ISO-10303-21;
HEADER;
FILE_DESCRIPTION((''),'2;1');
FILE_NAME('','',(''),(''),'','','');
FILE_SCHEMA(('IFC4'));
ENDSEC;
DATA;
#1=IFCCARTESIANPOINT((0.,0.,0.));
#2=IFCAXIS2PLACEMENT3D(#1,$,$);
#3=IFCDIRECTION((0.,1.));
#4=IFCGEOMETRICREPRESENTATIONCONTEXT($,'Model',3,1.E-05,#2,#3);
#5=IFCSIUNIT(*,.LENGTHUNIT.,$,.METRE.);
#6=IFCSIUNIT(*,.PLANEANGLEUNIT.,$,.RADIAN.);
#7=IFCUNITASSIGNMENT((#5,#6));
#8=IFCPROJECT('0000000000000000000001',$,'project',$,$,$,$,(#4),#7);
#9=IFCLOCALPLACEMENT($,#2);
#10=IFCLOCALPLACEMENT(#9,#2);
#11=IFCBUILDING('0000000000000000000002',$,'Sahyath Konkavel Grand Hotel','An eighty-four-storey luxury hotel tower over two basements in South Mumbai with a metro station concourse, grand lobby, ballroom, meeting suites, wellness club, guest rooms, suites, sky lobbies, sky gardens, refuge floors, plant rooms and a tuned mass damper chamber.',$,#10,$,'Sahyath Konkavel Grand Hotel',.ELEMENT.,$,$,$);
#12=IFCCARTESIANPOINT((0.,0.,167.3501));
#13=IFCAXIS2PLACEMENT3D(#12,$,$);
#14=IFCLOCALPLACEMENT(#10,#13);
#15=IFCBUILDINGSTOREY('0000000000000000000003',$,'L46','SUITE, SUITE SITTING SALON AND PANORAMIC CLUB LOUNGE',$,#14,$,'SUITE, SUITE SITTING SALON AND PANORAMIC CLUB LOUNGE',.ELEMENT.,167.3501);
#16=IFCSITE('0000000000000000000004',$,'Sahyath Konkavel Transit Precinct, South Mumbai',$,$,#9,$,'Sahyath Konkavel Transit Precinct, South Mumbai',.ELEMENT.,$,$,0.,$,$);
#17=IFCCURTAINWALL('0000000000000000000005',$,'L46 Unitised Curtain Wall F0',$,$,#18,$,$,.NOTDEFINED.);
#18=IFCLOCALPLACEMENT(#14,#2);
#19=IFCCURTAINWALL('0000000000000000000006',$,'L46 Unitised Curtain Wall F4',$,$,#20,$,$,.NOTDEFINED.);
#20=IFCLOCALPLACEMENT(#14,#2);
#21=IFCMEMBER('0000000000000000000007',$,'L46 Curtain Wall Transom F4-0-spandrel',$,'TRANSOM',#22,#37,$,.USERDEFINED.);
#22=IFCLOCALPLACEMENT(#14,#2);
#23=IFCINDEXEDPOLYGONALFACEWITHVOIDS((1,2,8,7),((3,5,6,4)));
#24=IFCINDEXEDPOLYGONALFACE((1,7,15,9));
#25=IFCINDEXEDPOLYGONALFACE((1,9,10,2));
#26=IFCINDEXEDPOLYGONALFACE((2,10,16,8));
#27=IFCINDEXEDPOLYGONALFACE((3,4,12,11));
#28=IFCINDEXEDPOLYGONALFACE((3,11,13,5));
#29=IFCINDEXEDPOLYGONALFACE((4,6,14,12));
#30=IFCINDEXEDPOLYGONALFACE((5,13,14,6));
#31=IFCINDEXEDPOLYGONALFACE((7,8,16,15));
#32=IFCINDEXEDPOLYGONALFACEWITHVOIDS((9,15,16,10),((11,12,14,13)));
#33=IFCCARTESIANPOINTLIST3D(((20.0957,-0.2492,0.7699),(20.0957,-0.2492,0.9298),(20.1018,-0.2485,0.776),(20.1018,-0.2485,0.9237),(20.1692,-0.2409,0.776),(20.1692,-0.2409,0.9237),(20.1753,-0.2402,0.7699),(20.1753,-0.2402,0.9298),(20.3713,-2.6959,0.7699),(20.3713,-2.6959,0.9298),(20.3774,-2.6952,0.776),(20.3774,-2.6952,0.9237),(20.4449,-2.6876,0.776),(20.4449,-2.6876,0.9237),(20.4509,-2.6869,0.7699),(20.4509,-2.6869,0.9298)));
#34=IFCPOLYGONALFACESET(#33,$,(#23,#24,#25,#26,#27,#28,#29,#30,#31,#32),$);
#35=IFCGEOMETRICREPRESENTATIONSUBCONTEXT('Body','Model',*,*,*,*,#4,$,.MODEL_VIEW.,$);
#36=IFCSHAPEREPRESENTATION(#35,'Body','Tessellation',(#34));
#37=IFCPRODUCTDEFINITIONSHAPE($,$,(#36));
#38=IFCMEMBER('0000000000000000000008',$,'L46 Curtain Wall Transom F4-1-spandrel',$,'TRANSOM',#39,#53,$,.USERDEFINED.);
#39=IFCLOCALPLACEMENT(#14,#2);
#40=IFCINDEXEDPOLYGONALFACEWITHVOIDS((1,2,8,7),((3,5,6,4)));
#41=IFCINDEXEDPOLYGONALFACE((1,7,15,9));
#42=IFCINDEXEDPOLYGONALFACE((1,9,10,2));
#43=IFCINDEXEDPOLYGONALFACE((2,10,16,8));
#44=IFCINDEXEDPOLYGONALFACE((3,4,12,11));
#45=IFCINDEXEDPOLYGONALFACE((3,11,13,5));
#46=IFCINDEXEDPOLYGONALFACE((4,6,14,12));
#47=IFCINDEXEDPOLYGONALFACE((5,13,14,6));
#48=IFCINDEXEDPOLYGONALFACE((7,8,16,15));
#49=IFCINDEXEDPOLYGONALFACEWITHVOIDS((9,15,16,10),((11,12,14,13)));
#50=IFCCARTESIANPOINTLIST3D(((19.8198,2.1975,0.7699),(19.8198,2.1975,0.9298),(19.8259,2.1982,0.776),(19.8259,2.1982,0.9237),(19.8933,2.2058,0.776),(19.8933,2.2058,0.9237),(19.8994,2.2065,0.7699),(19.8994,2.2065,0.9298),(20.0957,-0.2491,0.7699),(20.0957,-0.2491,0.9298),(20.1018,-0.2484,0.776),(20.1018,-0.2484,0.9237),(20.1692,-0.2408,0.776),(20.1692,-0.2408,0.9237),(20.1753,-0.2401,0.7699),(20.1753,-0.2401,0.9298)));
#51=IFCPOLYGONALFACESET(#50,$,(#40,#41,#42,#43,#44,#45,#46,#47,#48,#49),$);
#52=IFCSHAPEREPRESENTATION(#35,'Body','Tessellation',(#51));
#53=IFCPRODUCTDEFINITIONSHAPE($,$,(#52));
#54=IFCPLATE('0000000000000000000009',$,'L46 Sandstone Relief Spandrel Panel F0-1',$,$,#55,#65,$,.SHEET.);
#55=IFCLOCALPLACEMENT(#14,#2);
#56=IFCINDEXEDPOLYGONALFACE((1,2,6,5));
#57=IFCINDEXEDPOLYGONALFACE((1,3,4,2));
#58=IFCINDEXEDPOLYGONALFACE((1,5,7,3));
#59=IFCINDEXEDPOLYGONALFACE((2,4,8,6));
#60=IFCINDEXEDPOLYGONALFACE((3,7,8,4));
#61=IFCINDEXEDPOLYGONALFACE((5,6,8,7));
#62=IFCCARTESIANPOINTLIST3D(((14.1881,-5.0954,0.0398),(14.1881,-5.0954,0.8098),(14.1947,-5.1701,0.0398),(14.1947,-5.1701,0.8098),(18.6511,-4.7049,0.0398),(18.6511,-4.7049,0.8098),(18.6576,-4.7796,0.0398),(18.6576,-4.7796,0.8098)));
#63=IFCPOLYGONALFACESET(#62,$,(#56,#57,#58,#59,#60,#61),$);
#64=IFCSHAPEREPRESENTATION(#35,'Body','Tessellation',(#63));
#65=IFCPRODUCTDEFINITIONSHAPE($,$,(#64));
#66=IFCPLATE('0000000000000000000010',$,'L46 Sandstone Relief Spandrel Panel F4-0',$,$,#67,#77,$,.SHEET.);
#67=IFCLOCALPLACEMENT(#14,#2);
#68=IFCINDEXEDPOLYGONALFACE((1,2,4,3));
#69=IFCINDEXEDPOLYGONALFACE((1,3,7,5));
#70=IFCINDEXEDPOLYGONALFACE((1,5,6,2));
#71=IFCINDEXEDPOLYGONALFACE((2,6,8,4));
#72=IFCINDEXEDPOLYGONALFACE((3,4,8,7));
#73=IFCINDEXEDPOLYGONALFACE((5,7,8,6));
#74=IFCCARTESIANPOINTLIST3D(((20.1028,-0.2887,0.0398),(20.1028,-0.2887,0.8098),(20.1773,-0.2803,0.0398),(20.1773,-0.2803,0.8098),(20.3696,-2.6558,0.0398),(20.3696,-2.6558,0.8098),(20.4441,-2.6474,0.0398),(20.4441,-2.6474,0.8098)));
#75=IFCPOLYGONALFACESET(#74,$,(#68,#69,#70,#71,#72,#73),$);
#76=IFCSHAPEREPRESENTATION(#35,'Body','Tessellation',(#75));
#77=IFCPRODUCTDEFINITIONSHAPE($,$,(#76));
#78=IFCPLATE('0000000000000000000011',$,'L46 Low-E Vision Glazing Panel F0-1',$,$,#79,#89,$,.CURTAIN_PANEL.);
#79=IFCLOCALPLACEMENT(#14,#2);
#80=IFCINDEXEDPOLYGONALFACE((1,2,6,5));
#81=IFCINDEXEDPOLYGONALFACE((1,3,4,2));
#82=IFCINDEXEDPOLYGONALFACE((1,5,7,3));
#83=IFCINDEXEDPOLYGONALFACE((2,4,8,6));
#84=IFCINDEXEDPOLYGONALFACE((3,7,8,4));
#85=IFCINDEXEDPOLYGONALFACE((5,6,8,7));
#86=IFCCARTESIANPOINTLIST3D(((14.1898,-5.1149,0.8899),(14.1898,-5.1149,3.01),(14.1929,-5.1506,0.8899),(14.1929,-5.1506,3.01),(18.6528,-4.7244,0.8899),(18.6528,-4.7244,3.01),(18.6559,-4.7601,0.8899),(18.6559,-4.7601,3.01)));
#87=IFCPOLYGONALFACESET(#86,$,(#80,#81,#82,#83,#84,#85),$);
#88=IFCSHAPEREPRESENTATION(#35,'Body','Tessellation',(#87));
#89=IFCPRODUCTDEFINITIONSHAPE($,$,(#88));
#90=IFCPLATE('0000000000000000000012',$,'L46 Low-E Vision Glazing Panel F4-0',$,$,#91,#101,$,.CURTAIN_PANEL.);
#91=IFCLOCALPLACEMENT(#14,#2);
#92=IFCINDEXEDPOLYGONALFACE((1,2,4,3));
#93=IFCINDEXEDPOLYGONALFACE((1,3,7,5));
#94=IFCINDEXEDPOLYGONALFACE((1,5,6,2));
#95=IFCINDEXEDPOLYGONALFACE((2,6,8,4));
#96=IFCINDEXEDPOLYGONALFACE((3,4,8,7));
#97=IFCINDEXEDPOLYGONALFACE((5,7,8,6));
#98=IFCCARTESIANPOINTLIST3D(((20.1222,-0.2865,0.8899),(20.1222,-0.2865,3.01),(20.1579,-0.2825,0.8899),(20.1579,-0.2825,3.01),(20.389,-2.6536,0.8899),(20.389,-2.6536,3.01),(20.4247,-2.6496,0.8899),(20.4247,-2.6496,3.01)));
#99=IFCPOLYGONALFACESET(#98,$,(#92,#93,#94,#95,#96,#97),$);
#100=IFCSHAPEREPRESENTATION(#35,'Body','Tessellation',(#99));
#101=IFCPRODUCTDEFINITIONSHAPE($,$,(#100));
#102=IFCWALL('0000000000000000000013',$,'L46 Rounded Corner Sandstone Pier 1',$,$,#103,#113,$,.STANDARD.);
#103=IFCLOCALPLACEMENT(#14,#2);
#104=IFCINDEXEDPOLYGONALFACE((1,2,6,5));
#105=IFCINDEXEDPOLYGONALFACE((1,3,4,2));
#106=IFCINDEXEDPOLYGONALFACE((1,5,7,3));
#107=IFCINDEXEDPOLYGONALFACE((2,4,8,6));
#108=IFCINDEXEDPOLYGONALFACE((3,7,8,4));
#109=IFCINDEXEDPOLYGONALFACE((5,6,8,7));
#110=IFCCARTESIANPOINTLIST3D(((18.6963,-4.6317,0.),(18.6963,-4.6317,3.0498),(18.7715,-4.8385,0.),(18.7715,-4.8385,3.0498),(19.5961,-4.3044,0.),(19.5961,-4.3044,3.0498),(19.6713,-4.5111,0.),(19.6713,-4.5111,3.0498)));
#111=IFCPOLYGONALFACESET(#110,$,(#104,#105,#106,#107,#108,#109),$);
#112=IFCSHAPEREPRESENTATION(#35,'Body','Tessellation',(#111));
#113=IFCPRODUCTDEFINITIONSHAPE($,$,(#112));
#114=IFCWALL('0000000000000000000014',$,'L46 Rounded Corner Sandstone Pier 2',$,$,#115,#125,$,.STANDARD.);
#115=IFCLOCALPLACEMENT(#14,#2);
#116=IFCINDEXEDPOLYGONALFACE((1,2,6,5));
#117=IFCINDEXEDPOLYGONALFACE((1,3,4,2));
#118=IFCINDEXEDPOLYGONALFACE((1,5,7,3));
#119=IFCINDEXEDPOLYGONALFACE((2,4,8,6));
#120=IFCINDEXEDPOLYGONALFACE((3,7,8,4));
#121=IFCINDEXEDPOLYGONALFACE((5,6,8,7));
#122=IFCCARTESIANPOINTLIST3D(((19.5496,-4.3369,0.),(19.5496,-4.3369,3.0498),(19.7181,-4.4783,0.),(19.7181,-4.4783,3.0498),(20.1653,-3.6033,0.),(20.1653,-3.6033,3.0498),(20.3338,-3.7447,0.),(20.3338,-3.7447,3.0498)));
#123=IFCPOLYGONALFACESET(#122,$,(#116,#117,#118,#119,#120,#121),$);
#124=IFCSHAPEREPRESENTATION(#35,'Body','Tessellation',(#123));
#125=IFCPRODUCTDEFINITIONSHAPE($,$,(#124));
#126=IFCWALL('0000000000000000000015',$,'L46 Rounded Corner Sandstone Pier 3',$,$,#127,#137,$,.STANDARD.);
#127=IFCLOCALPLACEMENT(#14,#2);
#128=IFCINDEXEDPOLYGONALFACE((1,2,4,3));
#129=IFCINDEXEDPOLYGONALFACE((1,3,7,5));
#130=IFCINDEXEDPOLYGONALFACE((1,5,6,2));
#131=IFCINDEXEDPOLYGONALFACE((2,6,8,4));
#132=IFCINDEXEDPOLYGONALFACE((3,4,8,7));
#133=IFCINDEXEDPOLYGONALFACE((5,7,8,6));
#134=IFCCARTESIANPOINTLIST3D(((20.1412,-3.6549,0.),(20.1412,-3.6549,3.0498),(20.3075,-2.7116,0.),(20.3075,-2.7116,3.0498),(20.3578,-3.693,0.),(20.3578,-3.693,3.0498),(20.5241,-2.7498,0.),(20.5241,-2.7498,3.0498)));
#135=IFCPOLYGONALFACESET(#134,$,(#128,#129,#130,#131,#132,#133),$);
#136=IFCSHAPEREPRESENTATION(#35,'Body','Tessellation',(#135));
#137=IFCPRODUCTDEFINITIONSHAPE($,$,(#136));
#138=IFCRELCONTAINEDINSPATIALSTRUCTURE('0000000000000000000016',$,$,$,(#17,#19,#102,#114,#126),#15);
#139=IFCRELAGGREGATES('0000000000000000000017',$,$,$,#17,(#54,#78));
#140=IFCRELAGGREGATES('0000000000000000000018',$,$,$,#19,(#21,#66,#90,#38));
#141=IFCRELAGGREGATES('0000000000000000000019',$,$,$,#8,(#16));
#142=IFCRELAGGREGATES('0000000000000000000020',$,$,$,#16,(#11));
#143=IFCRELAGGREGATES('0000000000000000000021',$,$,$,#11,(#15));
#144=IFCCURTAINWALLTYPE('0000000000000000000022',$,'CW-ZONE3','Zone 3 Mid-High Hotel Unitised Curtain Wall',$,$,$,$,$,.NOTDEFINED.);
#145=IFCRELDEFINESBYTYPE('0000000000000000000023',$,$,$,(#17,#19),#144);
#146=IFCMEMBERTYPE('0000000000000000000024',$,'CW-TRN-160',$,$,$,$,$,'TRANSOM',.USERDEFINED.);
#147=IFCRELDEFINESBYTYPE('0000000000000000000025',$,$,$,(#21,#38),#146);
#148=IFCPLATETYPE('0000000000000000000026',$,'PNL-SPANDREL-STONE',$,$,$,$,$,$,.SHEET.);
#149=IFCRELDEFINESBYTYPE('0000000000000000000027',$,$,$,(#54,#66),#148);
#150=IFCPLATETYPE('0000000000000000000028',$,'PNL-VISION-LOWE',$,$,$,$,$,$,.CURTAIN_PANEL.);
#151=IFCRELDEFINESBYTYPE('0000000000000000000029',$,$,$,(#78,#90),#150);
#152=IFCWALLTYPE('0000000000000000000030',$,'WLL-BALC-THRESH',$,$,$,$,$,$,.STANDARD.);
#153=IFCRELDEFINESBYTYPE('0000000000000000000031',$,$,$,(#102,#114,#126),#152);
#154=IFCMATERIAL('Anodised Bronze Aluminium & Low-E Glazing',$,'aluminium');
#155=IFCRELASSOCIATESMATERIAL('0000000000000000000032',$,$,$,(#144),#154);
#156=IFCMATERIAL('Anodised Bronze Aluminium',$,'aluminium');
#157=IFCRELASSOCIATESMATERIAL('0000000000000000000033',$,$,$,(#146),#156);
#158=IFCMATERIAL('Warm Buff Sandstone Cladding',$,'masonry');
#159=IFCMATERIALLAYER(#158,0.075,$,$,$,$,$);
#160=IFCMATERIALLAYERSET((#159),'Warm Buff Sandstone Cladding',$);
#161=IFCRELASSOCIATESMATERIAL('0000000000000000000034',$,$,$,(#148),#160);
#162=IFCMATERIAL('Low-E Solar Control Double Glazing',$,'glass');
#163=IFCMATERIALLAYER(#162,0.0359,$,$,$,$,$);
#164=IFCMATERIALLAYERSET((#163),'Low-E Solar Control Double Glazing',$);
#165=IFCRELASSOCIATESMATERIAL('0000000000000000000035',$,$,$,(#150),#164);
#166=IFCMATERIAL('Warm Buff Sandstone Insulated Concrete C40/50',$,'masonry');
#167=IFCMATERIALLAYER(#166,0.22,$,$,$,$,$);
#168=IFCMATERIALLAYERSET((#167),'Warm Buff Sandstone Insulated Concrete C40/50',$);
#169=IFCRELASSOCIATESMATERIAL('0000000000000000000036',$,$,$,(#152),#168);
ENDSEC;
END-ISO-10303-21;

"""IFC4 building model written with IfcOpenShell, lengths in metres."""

from ifc_helpers import new_model, si_unit, direction, frame, frame_2d, origin, origin_2d, place, context, subcontext, project, spatial, rectangle, hollow_rectangle, extrude, source, transform, mapped, material, layer, layer_set, material_profile, profile_set, type_object, element, aggregate, save


model = new_model("IFC4")

# Units and contexts
model_context = context("Model", 3, precision=1e-05, world=origin(), true_north=direction((0.0, 1.0)))
body_context = subcontext(model_context, "Body", "Model", "MODEL_VIEW")
ifc_project = project(units=[si_unit("LENGTHUNIT", "METRE"), si_unit("PLANEANGLEUNIT", "RADIAN")], contexts=[model_context])

# Site, building, storey
site_placement = place(None, origin())
site = spatial("IfcSite", under=ifc_project, at=site_placement, Name="Sahyath Konkavel Transit Precinct, South Mumbai", LongName="Sahyath Konkavel Transit Precinct, South Mumbai", CompositionType="ELEMENT", RefElevation=0.0)
building_placement = place(site_placement, origin())
building = spatial("IfcBuilding", under=site, at=building_placement, Name="Sahyath Konkavel Grand Hotel", Description="An eighty-four-storey luxury hotel tower over two basements in South Mumbai with a metro station concourse, grand lobby, ballroom, meeting suites, wellness club, guest rooms, suites, sky lobbies, sky gardens, refuge floors, plant rooms and a tuned mass damper chamber.", LongName="Sahyath Konkavel Grand Hotel", CompositionType="ELEMENT")
storey_placement = place(building_placement, frame((0.0, 0.0, 167.3501)))
storey = spatial("IfcBuildingStorey", under=building, at=storey_placement, Name="L46", Description="SUITE, SUITE SITTING SALON AND PANORAMIC CLUB LOUNGE", LongName="SUITE, SUITE SITTING SALON AND PANORAMIC CLUB LOUNGE", CompositionType="ELEMENT", Elevation=167.3501)

# Curtain walls
ifc_material_1 = material(Name="Anodised Bronze Aluminium & Low-E Glazing", Category="aluminium")
curtain_wall_type = type_object("IfcCurtainWallType", Name="CW-ZONE3", Description="Zone 3 Mid-High Hotel Unitised Curtain Wall", PredefinedType="NOTDEFINED", material=ifc_material_1)
curtain_wall_1_placement = place(storey_placement, origin())
curtain_wall_1 = element("IfcCurtainWall", 1, at=curtain_wall_1_placement, inside=storey, type_object=curtain_wall_type, Name="L46 Unitised Curtain Wall F0", PredefinedType="NOTDEFINED")
ifc_material_2 = material(Name="Anodised Bronze Aluminium", Category="aluminium")
curtain_wall_2_placement = place(storey_placement, origin())
curtain_wall_2 = element("IfcCurtainWall", 2, at=curtain_wall_2_placement, inside=storey, type_object=curtain_wall_type, Name="L46 Unitised Curtain Wall F4", PredefinedType="NOTDEFINED")

# Members
ifc_material_profile_1 = material_profile(ifc_material_2, hollow_rectangle(XDim=0.0801, YDim=0.1599, WallThickness=0.0061, at=origin_2d()), Name="RHS 160x80x6")
ifc_profile_set_1 = profile_set([ifc_material_profile_1], Name="Anodised Bronze Aluminium")
member_type_1 = type_object("IfcMemberType", Name="CW-TRN-160", ElementType="TRANSOM", PredefinedType="USERDEFINED", material=ifc_profile_set_1)
shared_shape_1 = source(origin(), body_context, "Body", "SweptSolid", [
    extrude(hollow_rectangle(XDim=0.0801, YDim=0.1599, WallThickness=0.0061, at=origin_2d()), origin(), (0.0, 0.0, 1.0), 2.4622),
])
member_1_placement = place(storey_placement, frame((20.4111, -2.6914, 0.8499), z_axis=(-0.111944, 0.993715, 0.0), x_axis=(-0.993715, -0.111944, 0.0)))
member_1 = element("IfcMember", 3, at=member_1_placement, type_object=member_type_1, Name="L46 Curtain Wall Transom F4-0-spandrel", ObjectType="TRANSOM", PredefinedType="USERDEFINED", context=body_context, shape_type="MappedRepresentation", body=[
    mapped(shared_shape_1, transform((0.0, 0.0, 0.0), scale=1.0)),
])
member_2_placement = place(storey_placement, frame((20.1355, -0.2446, 0.8499), z_axis=(-0.112053, 0.993702, 0.0), x_axis=(-0.993702, -0.112053, 0.0)))
member_2 = element("IfcMember", 4, at=member_2_placement, type_object=member_type_1, Name="L46 Curtain Wall Transom F4-1-spandrel", ObjectType="TRANSOM", PredefinedType="USERDEFINED", context=body_context, shape_type="MappedRepresentation", body=[
    mapped(shared_shape_1, transform((0.0, 0.0, 0.0), scale=1.0)),
])

# Plates
ifc_material_3 = material(Name="Warm Buff Sandstone Cladding", Category="masonry")
ifc_layer_1 = layer(ifc_material_3, 0.075)
ifc_layer_set_1 = layer_set([ifc_layer_1], Name="Warm Buff Sandstone Cladding")
plate_type_1 = type_object("IfcPlateType", Name="PNL-SPANDREL-STONE", PredefinedType="SHEET", material=ifc_layer_set_1)
shared_shape_2 = source(origin(), body_context, "Body", "SweptSolid", [
    extrude(rectangle(XDim=4.48, YDim=0.075, at=origin_2d()), origin(), (0.0, 0.0, 1.0), 0.77),
])
plate_1_placement = place(storey_placement, frame((16.4229, -4.9375, 0.0398), z_axis=(0.0, 0.0, 1.0), x_axis=(0.996195, 0.087156, 0.0)))
plate_1 = element("IfcPlate", 5, at=plate_1_placement, type_object=plate_type_1, Name="L46 Sandstone Relief Spandrel Panel F0-1", PredefinedType="SHEET", context=body_context, shape_type="MappedRepresentation", body=[
    mapped(shared_shape_2, transform((0.0, 0.0, 0.0), scale=1.0)),
])
shared_shape_3 = source(origin(), body_context, "Body", "SweptSolid", [
    extrude(rectangle(XDim=2.3821, YDim=0.075, at=origin_2d()), origin(), (0.0, 0.0, 1.0), 0.77),
])
plate_2_placement = place(storey_placement, frame((20.2734, -1.468, 0.0398), z_axis=(0.0, 0.0, 1.0), x_axis=(-0.111989, 0.993709, 0.0)))
plate_2 = element("IfcPlate", 6, at=plate_2_placement, type_object=plate_type_1, Name="L46 Sandstone Relief Spandrel Panel F4-0", PredefinedType="SHEET", context=body_context, shape_type="MappedRepresentation", body=[
    mapped(shared_shape_3, transform((0.0, 0.0, 0.0), scale=1.0)),
])
ifc_material_4 = material(Name="Low-E Solar Control Double Glazing", Category="glass")
ifc_layer_2 = layer(ifc_material_4, 0.0359)
ifc_layer_set_2 = layer_set([ifc_layer_2], Name="Low-E Solar Control Double Glazing")
plate_type_2 = type_object("IfcPlateType", Name="PNL-VISION-LOWE", PredefinedType="CURTAIN_PANEL", material=ifc_layer_set_2)
shared_shape_4 = source(origin(), body_context, "Body", "SweptSolid", [
    extrude(rectangle(XDim=4.48, YDim=0.0359, at=origin_2d()), origin(), (0.0, 0.0, 1.0), 2.1201),
])
plate_3_placement = place(storey_placement, frame((16.4229, -4.9375, 0.8899), z_axis=(0.0, 0.0, 1.0), x_axis=(0.996195, 0.087156, 0.0)))
plate_3 = element("IfcPlate", 7, at=plate_3_placement, type_object=plate_type_2, Name="L46 Low-E Vision Glazing Panel F0-1", PredefinedType="CURTAIN_PANEL", context=body_context, shape_type="MappedRepresentation", body=[
    mapped(shared_shape_4, transform((0.0, 0.0, 0.0), scale=1.0)),
])
aggregate(curtain_wall_1, [plate_1, plate_3])
shared_shape_5 = source(origin(), body_context, "Body", "SweptSolid", [
    extrude(rectangle(XDim=2.3821, YDim=0.0359, at=origin_2d()), origin(), (0.0, 0.0, 1.0), 2.1201),
])
plate_4_placement = place(storey_placement, frame((20.2734, -1.468, 0.8899), z_axis=(0.0, 0.0, 1.0), x_axis=(-0.111989, 0.993709, 0.0)))
plate_4 = element("IfcPlate", 8, at=plate_4_placement, type_object=plate_type_2, Name="L46 Low-E Vision Glazing Panel F4-0", PredefinedType="CURTAIN_PANEL", context=body_context, shape_type="MappedRepresentation", body=[
    mapped(shared_shape_5, transform((0.0, 0.0, 0.0), scale=1.0)),
])
aggregate(curtain_wall_2, [member_1, plate_2, plate_4, member_2])

# Walls
ifc_material_5 = material(Name="Warm Buff Sandstone Insulated Concrete C40/50", Category="masonry")
ifc_layer_3 = layer(ifc_material_5, 0.22)
ifc_layer_set_3 = layer_set([ifc_layer_3], Name="Warm Buff Sandstone Insulated Concrete C40/50")
wall_type_1 = type_object("IfcWallType", Name="WLL-BALC-THRESH", PredefinedType="STANDARD", material=ifc_layer_set_3)
wall_1_placement = place(storey_placement, frame((18.7339, -4.7351, 0.0), z_axis=(0.0, 0.0, 1.0), x_axis=(0.939741, 0.341886, 0.0)))
element("IfcWall", 9, at=wall_1_placement, inside=storey, type_object=wall_type_1, Name="L46 Rounded Corner Sandstone Pier 1", PredefinedType="STANDARD", context=body_context, shape_type="SweptSolid", body=[
    extrude(rectangle(XDim=0.9575, YDim=0.22, at=frame_2d((0.4788, 0.0))), origin(), (0.0, 0.0, 1.0), 3.0498),
])
for number, where, z_axis, x_axis, name in (
    (10, (19.6338, -4.4077, 0.0), (0.0, 0.0, 1.0), (0.642863, 0.765981, 0.0), "L46 Rounded Corner Sandstone Pier 2"),
    (11, (20.2495, -3.6741, 0.0), (0.0, 0.0, 1.0), (0.173611, 0.984814, 0.0), "L46 Rounded Corner Sandstone Pier 3"),
):
    element("IfcWall", number, at=place(storey_placement, frame(where, z_axis=z_axis, x_axis=x_axis)), inside=storey, type_object=wall_type_1, Name=name, PredefinedType="STANDARD", context=body_context, shape_type="SweptSolid", body=[
        extrude(rectangle(XDim=0.9578, YDim=0.22, at=frame_2d((0.479, 0.0))), origin(), (0.0, 0.0, 1.0), 3.0498),
    ])

save(model, "model.ifc")
